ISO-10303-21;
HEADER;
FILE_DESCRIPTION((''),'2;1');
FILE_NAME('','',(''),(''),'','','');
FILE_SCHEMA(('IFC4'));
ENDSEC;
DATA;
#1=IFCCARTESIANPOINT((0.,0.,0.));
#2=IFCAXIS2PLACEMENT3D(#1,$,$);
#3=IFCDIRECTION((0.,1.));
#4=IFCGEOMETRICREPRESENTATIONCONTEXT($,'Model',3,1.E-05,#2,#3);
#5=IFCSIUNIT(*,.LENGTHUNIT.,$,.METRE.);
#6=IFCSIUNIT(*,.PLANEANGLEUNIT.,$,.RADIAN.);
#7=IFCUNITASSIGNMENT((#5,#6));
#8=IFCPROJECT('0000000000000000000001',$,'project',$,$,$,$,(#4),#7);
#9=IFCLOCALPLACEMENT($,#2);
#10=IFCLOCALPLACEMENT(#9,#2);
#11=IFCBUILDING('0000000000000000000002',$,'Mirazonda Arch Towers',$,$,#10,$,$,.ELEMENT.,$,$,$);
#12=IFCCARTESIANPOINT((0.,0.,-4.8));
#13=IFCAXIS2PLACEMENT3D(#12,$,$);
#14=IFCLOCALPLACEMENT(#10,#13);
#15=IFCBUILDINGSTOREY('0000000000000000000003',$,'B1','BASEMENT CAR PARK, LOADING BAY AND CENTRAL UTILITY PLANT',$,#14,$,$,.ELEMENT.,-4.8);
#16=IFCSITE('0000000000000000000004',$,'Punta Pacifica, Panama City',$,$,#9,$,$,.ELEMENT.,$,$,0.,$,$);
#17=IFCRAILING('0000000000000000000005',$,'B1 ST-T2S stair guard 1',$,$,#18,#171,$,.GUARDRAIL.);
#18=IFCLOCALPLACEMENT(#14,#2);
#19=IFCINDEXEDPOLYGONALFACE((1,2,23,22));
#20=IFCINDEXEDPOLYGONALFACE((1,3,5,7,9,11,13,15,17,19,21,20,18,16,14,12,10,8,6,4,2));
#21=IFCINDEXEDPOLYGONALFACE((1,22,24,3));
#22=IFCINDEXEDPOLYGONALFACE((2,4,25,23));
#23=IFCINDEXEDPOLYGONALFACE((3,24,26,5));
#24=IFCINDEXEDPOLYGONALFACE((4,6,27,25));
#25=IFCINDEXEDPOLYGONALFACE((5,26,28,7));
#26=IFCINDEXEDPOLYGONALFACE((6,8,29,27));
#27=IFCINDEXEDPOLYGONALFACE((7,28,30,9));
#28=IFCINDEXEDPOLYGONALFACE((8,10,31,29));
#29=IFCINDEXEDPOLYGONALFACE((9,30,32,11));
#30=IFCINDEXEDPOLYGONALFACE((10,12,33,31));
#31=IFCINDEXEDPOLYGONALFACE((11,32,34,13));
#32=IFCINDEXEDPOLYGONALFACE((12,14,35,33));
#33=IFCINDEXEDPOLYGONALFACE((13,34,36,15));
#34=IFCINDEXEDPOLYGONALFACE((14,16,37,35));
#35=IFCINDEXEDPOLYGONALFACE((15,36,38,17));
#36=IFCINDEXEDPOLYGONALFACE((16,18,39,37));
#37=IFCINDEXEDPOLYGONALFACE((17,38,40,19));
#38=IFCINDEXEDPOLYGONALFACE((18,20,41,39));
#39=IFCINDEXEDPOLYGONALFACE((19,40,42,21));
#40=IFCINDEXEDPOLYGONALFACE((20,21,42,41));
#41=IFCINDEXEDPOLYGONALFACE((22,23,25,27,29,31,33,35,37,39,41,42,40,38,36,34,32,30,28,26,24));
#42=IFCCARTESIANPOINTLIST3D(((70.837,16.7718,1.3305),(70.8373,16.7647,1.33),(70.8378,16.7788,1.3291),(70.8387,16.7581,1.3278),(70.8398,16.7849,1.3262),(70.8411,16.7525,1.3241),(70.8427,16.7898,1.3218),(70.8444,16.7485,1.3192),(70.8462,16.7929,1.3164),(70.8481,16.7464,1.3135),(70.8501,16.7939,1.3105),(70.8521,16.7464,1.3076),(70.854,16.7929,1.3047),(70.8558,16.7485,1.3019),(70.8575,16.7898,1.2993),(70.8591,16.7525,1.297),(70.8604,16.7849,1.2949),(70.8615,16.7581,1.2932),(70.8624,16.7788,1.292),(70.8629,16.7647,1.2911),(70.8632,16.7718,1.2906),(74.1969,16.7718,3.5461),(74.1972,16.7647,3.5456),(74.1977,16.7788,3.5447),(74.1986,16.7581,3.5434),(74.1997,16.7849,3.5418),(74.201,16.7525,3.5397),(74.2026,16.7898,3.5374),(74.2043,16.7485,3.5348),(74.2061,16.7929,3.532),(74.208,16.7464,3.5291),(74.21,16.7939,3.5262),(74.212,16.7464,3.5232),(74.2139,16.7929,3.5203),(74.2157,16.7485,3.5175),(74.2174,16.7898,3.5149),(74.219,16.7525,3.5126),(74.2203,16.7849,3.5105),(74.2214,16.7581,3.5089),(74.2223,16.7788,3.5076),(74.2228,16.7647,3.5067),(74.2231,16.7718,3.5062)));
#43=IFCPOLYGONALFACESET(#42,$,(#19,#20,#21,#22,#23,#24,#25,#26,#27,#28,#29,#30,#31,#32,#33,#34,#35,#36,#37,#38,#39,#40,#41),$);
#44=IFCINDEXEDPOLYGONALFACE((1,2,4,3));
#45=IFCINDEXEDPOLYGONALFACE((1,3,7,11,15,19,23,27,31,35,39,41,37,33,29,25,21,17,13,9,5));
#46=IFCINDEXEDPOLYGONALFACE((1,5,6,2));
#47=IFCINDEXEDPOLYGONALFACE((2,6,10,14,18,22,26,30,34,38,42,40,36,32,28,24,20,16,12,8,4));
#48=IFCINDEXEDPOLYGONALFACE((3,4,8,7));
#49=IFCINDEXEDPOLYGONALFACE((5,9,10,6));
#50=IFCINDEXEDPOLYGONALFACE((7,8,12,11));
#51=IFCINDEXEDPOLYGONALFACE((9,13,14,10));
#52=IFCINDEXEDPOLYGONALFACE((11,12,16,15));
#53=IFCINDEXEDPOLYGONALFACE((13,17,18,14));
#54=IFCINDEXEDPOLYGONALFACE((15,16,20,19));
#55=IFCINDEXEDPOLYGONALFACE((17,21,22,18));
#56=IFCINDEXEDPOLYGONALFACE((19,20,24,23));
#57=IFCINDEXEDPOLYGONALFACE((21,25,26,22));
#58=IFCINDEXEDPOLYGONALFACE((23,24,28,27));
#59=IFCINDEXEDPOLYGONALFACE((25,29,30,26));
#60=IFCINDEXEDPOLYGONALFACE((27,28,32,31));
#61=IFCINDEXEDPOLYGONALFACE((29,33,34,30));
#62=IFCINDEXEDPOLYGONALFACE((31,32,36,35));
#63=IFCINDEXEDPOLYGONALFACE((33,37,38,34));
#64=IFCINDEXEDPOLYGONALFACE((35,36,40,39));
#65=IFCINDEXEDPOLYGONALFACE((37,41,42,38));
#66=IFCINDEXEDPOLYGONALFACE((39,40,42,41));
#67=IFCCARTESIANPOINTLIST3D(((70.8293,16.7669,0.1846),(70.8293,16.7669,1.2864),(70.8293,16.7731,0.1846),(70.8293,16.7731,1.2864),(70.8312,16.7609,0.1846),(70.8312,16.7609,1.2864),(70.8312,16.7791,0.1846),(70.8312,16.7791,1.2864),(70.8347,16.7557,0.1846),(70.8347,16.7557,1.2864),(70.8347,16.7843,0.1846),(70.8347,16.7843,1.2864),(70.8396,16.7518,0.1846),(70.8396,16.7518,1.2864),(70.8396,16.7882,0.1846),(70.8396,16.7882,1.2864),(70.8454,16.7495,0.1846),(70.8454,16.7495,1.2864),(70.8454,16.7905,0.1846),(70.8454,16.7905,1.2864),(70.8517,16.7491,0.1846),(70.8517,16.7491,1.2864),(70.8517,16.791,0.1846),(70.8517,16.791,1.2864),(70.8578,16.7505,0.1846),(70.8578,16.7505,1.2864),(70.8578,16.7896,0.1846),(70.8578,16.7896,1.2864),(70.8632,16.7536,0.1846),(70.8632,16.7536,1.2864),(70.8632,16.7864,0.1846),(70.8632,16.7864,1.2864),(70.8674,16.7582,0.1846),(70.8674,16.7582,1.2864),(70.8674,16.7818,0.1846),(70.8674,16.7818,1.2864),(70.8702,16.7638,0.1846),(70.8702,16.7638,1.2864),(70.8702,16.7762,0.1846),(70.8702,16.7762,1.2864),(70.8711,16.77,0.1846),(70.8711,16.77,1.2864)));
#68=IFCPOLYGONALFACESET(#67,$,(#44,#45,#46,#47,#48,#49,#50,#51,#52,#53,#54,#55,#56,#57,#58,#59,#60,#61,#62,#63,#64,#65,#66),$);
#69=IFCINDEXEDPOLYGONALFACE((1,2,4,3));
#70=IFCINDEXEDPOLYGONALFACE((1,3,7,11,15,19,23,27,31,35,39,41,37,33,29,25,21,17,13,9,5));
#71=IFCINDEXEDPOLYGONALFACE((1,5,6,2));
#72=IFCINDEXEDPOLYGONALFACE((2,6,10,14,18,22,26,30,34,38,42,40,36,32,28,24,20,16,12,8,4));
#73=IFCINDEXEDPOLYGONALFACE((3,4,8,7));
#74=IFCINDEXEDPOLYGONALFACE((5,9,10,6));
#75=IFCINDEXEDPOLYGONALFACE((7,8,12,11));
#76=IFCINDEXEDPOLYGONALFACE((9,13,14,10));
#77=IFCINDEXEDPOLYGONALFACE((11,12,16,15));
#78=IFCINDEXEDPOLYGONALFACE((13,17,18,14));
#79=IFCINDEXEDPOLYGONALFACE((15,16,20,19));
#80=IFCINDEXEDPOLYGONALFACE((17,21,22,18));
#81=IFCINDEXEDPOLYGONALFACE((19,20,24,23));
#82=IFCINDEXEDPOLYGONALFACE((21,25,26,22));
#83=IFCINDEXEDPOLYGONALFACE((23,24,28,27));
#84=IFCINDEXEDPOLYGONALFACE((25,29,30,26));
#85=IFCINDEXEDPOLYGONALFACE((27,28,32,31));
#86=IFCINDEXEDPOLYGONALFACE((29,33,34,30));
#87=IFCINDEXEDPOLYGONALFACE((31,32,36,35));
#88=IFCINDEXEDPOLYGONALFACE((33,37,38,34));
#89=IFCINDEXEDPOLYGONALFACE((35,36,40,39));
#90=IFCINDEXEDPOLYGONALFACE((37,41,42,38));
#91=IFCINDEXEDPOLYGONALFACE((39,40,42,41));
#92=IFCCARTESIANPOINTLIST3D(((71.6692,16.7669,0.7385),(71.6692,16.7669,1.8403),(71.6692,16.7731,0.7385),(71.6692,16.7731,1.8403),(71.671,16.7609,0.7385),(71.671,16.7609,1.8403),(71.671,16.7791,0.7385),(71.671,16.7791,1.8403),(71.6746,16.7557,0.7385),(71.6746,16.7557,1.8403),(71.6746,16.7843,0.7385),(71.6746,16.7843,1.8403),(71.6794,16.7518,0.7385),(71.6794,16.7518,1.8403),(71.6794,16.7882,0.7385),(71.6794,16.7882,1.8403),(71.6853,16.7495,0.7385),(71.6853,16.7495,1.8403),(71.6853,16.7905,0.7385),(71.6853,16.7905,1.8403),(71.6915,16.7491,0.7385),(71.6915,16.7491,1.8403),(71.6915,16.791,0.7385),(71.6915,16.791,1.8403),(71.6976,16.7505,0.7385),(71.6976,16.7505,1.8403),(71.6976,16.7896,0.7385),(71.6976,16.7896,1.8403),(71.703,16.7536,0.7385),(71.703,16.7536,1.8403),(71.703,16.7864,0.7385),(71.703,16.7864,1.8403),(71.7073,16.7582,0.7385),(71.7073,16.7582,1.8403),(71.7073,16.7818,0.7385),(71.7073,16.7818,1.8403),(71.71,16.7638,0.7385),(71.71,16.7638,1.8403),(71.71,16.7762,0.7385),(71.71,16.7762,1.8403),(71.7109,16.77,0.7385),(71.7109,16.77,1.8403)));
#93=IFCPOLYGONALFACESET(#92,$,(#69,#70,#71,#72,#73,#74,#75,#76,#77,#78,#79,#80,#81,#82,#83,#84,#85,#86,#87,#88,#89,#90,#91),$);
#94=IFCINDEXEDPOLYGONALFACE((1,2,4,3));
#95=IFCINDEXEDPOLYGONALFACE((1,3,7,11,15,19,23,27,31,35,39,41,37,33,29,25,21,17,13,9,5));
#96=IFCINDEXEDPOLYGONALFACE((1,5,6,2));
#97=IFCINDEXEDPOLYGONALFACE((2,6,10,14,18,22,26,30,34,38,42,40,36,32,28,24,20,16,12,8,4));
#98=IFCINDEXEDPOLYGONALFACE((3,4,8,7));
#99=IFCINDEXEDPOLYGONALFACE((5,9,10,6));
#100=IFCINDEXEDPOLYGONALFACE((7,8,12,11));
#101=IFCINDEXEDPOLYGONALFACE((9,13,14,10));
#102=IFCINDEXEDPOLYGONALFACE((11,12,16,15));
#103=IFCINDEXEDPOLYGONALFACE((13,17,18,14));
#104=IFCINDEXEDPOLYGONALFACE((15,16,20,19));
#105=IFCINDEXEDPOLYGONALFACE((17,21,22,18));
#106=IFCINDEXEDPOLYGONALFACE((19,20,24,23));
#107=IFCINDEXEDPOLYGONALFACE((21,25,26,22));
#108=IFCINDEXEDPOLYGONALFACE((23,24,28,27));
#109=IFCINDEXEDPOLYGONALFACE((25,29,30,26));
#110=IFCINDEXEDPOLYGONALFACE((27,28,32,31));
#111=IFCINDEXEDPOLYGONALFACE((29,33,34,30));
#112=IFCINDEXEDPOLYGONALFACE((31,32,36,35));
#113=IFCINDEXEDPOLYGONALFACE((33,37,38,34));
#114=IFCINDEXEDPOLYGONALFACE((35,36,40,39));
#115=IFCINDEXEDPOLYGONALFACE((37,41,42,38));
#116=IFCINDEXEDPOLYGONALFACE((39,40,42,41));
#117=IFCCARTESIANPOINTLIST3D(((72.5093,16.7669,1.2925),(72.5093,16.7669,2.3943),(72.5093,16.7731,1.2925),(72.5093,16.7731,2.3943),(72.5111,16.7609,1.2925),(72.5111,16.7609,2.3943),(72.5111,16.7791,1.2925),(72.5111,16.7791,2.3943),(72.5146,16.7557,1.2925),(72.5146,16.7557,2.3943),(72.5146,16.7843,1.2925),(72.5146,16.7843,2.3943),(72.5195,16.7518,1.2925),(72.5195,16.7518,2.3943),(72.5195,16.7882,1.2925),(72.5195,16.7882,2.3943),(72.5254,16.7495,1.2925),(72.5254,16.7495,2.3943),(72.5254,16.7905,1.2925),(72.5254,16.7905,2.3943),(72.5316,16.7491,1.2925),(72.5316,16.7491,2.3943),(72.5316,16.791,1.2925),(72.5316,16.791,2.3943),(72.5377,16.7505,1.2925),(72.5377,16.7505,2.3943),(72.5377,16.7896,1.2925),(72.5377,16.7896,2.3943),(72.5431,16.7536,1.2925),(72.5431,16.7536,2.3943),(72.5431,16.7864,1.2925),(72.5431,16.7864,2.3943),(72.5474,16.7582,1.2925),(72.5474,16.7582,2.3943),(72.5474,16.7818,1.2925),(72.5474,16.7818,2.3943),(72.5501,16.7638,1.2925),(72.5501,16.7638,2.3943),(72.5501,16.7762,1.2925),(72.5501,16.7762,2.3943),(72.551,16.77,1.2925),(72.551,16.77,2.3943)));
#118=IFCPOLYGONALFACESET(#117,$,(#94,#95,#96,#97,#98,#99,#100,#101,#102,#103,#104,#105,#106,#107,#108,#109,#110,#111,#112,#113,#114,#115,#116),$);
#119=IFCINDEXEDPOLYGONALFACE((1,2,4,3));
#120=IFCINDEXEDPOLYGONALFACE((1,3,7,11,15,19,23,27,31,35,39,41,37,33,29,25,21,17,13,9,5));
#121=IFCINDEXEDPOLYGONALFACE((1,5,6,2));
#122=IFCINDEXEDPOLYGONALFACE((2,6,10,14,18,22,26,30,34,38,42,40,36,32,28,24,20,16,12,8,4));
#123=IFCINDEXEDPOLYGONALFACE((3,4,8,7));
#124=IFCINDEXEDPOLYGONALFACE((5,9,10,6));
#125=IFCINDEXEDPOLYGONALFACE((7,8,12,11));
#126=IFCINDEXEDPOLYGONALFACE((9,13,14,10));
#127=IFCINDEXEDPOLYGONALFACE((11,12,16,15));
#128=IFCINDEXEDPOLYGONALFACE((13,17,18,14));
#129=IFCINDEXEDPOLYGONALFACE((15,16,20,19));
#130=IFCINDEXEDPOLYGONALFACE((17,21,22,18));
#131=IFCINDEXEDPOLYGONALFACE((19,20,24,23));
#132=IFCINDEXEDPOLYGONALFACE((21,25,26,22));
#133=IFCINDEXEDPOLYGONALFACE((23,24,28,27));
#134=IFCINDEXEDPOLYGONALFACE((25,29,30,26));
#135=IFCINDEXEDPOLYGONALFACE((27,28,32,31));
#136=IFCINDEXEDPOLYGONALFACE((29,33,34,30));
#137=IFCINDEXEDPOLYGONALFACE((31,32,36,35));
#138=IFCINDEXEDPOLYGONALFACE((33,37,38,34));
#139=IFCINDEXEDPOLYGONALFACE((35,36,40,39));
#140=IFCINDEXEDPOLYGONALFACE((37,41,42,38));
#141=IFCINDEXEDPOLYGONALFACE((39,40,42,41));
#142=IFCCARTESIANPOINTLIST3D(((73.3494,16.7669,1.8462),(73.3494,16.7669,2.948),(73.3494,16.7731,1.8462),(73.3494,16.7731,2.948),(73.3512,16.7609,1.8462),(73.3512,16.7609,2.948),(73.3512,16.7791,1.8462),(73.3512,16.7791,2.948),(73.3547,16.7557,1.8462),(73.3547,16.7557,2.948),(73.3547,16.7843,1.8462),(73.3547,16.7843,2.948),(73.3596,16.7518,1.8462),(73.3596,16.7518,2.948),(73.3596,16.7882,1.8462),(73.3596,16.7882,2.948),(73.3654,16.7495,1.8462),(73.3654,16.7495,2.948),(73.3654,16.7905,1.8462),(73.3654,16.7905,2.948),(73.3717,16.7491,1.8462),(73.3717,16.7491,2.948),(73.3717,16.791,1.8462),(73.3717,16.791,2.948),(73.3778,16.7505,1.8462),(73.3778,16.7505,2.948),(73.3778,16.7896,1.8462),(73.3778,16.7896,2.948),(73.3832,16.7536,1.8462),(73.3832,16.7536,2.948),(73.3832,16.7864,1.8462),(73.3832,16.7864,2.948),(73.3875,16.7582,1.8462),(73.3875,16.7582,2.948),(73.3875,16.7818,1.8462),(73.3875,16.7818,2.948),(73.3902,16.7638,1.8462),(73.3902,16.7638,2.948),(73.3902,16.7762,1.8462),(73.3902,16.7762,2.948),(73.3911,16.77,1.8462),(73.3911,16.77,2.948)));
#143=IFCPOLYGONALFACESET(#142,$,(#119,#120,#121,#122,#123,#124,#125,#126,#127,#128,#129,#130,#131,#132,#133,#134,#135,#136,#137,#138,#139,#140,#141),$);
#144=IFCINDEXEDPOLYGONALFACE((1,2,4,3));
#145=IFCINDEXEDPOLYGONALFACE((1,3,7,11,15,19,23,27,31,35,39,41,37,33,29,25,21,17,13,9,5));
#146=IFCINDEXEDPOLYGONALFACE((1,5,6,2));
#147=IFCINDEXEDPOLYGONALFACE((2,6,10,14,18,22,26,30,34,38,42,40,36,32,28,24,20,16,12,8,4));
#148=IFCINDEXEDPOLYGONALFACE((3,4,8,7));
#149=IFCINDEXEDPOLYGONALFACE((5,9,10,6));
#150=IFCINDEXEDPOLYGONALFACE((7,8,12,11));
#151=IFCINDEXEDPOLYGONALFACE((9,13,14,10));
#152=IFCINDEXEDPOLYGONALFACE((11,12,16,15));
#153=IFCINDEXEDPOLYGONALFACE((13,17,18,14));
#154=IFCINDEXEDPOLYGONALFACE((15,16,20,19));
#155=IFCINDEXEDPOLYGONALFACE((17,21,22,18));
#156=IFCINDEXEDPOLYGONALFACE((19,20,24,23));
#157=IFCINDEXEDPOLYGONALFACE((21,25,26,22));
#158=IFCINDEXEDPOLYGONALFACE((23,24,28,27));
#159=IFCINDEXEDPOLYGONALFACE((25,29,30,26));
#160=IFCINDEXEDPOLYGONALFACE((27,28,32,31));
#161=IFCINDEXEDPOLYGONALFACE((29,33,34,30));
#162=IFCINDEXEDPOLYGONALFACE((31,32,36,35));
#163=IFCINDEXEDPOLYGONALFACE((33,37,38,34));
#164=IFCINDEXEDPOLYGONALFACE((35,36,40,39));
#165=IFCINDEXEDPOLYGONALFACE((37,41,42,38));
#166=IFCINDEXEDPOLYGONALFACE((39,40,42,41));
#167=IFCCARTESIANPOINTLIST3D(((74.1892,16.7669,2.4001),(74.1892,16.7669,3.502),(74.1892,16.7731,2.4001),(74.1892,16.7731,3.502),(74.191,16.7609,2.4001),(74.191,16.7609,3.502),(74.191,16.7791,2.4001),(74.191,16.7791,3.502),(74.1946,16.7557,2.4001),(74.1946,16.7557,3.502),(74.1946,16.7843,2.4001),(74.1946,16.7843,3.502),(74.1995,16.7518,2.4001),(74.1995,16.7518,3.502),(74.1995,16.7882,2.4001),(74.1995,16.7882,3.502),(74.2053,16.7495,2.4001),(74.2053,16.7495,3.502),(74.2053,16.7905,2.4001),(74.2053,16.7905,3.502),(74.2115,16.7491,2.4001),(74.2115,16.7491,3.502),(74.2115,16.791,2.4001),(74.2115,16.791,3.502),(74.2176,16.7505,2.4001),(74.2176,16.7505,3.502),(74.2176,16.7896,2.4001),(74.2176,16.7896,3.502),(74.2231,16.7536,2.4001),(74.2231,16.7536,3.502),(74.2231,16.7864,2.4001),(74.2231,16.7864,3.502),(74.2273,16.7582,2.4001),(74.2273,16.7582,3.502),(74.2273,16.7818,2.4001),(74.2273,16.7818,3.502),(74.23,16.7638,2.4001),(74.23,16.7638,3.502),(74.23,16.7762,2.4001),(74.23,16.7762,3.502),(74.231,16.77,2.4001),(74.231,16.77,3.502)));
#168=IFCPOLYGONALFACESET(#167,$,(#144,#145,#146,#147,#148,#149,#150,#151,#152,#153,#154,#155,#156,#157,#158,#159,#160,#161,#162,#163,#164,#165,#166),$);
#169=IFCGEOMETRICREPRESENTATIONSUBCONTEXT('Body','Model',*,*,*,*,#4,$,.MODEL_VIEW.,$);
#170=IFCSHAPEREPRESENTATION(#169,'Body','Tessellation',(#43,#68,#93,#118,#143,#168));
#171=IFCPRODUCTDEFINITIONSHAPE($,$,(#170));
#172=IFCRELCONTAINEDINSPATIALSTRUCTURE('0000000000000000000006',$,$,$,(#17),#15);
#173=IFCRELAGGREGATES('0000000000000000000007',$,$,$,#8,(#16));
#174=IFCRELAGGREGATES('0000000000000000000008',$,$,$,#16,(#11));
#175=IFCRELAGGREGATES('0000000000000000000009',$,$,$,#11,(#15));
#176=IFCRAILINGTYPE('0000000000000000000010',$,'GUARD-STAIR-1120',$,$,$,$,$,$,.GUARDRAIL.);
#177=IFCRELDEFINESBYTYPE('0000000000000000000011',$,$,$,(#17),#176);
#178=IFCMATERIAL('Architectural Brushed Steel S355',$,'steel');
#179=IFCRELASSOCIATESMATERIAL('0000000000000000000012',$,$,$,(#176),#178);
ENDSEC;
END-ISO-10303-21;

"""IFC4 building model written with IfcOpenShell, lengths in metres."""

from ifc_helpers import new_model, si_unit, direction, frame, origin, origin_2d, place, context, subcontext, project, spatial, circle, extrude, material, type_object, element, save


model = new_model("IFC4")

# Units and contexts
model_context = context("Model", 3, precision=1e-05, world=origin(), true_north=direction((0.0, 1.0)))
body_context = subcontext(model_context, "Body", "Model", "MODEL_VIEW")
ifc_project = project(units=[si_unit("LENGTHUNIT", "METRE"), si_unit("PLANEANGLEUNIT", "RADIAN")], contexts=[model_context])

# Site, building, storey
site_placement = place(None, origin())
site = spatial("IfcSite", under=ifc_project, at=site_placement, Name="Punta Pacifica, Panama City", CompositionType="ELEMENT", RefElevation=0.0)
building_placement = place(site_placement, origin())
building = spatial("IfcBuilding", under=site, at=building_placement, Name="Mirazonda Arch Towers", CompositionType="ELEMENT")
storey_placement = place(building_placement, frame((0.0, 0.0, -4.8)))
storey = spatial("IfcBuildingStorey", under=building, at=storey_placement, Name="B1", Description="BASEMENT CAR PARK, LOADING BAY AND CENTRAL UTILITY PLANT", CompositionType="ELEMENT", Elevation=-4.8)

# Railing
ifc_material_1 = material(Name="Architectural Brushed Steel S355", Category="steel")
railing_type_1 = type_object("IfcRailingType", Name="GUARD-STAIR-1120", PredefinedType="GUARDRAIL", material=ifc_material_1)
railing_1_placement = place(storey_placement, frame((70.8501, 16.77, 0.1846)))
element("IfcRailing", 1, at=railing_1_placement, inside=storey, type_object=railing_type_1, Name="B1 ST-T2S stair guard 1", PredefinedType="GUARDRAIL", context=body_context, shape_type="SweptSolid", body=[
    extrude(circle(Radius=0.0239, at=origin_2d()), frame((0.0, 0.0, 1.126), z_axis=(0.83483, 0.0, 0.550508), x_axis=(0.0, 1.0, 0.0)), (0.0, 0.0, 1.0), 4.0247),
    extrude(circle(Radius=0.021, at=origin_2d()), origin(), (0.0, 0.0, 1.0), 1.1018),
    extrude(circle(Radius=0.021, at=origin_2d()), frame((0.8398, 0.0, 0.554)), (0.0, 0.0, 1.0), 1.1018),
    extrude(circle(Radius=0.021, at=origin_2d()), frame((1.6799, 0.0, 1.1079)), (0.0, 0.0, 1.0), 1.1018),
    extrude(circle(Radius=0.021, at=origin_2d()), frame((2.52, 0.0, 1.6616)), (0.0, 0.0, 1.0), 1.1018),
    extrude(circle(Radius=0.021, at=origin_2d()), frame((3.3599, 0.0, 2.2156)), (0.0, 0.0, 1.0), 1.1018),
])

save(model, "model.ifc")
